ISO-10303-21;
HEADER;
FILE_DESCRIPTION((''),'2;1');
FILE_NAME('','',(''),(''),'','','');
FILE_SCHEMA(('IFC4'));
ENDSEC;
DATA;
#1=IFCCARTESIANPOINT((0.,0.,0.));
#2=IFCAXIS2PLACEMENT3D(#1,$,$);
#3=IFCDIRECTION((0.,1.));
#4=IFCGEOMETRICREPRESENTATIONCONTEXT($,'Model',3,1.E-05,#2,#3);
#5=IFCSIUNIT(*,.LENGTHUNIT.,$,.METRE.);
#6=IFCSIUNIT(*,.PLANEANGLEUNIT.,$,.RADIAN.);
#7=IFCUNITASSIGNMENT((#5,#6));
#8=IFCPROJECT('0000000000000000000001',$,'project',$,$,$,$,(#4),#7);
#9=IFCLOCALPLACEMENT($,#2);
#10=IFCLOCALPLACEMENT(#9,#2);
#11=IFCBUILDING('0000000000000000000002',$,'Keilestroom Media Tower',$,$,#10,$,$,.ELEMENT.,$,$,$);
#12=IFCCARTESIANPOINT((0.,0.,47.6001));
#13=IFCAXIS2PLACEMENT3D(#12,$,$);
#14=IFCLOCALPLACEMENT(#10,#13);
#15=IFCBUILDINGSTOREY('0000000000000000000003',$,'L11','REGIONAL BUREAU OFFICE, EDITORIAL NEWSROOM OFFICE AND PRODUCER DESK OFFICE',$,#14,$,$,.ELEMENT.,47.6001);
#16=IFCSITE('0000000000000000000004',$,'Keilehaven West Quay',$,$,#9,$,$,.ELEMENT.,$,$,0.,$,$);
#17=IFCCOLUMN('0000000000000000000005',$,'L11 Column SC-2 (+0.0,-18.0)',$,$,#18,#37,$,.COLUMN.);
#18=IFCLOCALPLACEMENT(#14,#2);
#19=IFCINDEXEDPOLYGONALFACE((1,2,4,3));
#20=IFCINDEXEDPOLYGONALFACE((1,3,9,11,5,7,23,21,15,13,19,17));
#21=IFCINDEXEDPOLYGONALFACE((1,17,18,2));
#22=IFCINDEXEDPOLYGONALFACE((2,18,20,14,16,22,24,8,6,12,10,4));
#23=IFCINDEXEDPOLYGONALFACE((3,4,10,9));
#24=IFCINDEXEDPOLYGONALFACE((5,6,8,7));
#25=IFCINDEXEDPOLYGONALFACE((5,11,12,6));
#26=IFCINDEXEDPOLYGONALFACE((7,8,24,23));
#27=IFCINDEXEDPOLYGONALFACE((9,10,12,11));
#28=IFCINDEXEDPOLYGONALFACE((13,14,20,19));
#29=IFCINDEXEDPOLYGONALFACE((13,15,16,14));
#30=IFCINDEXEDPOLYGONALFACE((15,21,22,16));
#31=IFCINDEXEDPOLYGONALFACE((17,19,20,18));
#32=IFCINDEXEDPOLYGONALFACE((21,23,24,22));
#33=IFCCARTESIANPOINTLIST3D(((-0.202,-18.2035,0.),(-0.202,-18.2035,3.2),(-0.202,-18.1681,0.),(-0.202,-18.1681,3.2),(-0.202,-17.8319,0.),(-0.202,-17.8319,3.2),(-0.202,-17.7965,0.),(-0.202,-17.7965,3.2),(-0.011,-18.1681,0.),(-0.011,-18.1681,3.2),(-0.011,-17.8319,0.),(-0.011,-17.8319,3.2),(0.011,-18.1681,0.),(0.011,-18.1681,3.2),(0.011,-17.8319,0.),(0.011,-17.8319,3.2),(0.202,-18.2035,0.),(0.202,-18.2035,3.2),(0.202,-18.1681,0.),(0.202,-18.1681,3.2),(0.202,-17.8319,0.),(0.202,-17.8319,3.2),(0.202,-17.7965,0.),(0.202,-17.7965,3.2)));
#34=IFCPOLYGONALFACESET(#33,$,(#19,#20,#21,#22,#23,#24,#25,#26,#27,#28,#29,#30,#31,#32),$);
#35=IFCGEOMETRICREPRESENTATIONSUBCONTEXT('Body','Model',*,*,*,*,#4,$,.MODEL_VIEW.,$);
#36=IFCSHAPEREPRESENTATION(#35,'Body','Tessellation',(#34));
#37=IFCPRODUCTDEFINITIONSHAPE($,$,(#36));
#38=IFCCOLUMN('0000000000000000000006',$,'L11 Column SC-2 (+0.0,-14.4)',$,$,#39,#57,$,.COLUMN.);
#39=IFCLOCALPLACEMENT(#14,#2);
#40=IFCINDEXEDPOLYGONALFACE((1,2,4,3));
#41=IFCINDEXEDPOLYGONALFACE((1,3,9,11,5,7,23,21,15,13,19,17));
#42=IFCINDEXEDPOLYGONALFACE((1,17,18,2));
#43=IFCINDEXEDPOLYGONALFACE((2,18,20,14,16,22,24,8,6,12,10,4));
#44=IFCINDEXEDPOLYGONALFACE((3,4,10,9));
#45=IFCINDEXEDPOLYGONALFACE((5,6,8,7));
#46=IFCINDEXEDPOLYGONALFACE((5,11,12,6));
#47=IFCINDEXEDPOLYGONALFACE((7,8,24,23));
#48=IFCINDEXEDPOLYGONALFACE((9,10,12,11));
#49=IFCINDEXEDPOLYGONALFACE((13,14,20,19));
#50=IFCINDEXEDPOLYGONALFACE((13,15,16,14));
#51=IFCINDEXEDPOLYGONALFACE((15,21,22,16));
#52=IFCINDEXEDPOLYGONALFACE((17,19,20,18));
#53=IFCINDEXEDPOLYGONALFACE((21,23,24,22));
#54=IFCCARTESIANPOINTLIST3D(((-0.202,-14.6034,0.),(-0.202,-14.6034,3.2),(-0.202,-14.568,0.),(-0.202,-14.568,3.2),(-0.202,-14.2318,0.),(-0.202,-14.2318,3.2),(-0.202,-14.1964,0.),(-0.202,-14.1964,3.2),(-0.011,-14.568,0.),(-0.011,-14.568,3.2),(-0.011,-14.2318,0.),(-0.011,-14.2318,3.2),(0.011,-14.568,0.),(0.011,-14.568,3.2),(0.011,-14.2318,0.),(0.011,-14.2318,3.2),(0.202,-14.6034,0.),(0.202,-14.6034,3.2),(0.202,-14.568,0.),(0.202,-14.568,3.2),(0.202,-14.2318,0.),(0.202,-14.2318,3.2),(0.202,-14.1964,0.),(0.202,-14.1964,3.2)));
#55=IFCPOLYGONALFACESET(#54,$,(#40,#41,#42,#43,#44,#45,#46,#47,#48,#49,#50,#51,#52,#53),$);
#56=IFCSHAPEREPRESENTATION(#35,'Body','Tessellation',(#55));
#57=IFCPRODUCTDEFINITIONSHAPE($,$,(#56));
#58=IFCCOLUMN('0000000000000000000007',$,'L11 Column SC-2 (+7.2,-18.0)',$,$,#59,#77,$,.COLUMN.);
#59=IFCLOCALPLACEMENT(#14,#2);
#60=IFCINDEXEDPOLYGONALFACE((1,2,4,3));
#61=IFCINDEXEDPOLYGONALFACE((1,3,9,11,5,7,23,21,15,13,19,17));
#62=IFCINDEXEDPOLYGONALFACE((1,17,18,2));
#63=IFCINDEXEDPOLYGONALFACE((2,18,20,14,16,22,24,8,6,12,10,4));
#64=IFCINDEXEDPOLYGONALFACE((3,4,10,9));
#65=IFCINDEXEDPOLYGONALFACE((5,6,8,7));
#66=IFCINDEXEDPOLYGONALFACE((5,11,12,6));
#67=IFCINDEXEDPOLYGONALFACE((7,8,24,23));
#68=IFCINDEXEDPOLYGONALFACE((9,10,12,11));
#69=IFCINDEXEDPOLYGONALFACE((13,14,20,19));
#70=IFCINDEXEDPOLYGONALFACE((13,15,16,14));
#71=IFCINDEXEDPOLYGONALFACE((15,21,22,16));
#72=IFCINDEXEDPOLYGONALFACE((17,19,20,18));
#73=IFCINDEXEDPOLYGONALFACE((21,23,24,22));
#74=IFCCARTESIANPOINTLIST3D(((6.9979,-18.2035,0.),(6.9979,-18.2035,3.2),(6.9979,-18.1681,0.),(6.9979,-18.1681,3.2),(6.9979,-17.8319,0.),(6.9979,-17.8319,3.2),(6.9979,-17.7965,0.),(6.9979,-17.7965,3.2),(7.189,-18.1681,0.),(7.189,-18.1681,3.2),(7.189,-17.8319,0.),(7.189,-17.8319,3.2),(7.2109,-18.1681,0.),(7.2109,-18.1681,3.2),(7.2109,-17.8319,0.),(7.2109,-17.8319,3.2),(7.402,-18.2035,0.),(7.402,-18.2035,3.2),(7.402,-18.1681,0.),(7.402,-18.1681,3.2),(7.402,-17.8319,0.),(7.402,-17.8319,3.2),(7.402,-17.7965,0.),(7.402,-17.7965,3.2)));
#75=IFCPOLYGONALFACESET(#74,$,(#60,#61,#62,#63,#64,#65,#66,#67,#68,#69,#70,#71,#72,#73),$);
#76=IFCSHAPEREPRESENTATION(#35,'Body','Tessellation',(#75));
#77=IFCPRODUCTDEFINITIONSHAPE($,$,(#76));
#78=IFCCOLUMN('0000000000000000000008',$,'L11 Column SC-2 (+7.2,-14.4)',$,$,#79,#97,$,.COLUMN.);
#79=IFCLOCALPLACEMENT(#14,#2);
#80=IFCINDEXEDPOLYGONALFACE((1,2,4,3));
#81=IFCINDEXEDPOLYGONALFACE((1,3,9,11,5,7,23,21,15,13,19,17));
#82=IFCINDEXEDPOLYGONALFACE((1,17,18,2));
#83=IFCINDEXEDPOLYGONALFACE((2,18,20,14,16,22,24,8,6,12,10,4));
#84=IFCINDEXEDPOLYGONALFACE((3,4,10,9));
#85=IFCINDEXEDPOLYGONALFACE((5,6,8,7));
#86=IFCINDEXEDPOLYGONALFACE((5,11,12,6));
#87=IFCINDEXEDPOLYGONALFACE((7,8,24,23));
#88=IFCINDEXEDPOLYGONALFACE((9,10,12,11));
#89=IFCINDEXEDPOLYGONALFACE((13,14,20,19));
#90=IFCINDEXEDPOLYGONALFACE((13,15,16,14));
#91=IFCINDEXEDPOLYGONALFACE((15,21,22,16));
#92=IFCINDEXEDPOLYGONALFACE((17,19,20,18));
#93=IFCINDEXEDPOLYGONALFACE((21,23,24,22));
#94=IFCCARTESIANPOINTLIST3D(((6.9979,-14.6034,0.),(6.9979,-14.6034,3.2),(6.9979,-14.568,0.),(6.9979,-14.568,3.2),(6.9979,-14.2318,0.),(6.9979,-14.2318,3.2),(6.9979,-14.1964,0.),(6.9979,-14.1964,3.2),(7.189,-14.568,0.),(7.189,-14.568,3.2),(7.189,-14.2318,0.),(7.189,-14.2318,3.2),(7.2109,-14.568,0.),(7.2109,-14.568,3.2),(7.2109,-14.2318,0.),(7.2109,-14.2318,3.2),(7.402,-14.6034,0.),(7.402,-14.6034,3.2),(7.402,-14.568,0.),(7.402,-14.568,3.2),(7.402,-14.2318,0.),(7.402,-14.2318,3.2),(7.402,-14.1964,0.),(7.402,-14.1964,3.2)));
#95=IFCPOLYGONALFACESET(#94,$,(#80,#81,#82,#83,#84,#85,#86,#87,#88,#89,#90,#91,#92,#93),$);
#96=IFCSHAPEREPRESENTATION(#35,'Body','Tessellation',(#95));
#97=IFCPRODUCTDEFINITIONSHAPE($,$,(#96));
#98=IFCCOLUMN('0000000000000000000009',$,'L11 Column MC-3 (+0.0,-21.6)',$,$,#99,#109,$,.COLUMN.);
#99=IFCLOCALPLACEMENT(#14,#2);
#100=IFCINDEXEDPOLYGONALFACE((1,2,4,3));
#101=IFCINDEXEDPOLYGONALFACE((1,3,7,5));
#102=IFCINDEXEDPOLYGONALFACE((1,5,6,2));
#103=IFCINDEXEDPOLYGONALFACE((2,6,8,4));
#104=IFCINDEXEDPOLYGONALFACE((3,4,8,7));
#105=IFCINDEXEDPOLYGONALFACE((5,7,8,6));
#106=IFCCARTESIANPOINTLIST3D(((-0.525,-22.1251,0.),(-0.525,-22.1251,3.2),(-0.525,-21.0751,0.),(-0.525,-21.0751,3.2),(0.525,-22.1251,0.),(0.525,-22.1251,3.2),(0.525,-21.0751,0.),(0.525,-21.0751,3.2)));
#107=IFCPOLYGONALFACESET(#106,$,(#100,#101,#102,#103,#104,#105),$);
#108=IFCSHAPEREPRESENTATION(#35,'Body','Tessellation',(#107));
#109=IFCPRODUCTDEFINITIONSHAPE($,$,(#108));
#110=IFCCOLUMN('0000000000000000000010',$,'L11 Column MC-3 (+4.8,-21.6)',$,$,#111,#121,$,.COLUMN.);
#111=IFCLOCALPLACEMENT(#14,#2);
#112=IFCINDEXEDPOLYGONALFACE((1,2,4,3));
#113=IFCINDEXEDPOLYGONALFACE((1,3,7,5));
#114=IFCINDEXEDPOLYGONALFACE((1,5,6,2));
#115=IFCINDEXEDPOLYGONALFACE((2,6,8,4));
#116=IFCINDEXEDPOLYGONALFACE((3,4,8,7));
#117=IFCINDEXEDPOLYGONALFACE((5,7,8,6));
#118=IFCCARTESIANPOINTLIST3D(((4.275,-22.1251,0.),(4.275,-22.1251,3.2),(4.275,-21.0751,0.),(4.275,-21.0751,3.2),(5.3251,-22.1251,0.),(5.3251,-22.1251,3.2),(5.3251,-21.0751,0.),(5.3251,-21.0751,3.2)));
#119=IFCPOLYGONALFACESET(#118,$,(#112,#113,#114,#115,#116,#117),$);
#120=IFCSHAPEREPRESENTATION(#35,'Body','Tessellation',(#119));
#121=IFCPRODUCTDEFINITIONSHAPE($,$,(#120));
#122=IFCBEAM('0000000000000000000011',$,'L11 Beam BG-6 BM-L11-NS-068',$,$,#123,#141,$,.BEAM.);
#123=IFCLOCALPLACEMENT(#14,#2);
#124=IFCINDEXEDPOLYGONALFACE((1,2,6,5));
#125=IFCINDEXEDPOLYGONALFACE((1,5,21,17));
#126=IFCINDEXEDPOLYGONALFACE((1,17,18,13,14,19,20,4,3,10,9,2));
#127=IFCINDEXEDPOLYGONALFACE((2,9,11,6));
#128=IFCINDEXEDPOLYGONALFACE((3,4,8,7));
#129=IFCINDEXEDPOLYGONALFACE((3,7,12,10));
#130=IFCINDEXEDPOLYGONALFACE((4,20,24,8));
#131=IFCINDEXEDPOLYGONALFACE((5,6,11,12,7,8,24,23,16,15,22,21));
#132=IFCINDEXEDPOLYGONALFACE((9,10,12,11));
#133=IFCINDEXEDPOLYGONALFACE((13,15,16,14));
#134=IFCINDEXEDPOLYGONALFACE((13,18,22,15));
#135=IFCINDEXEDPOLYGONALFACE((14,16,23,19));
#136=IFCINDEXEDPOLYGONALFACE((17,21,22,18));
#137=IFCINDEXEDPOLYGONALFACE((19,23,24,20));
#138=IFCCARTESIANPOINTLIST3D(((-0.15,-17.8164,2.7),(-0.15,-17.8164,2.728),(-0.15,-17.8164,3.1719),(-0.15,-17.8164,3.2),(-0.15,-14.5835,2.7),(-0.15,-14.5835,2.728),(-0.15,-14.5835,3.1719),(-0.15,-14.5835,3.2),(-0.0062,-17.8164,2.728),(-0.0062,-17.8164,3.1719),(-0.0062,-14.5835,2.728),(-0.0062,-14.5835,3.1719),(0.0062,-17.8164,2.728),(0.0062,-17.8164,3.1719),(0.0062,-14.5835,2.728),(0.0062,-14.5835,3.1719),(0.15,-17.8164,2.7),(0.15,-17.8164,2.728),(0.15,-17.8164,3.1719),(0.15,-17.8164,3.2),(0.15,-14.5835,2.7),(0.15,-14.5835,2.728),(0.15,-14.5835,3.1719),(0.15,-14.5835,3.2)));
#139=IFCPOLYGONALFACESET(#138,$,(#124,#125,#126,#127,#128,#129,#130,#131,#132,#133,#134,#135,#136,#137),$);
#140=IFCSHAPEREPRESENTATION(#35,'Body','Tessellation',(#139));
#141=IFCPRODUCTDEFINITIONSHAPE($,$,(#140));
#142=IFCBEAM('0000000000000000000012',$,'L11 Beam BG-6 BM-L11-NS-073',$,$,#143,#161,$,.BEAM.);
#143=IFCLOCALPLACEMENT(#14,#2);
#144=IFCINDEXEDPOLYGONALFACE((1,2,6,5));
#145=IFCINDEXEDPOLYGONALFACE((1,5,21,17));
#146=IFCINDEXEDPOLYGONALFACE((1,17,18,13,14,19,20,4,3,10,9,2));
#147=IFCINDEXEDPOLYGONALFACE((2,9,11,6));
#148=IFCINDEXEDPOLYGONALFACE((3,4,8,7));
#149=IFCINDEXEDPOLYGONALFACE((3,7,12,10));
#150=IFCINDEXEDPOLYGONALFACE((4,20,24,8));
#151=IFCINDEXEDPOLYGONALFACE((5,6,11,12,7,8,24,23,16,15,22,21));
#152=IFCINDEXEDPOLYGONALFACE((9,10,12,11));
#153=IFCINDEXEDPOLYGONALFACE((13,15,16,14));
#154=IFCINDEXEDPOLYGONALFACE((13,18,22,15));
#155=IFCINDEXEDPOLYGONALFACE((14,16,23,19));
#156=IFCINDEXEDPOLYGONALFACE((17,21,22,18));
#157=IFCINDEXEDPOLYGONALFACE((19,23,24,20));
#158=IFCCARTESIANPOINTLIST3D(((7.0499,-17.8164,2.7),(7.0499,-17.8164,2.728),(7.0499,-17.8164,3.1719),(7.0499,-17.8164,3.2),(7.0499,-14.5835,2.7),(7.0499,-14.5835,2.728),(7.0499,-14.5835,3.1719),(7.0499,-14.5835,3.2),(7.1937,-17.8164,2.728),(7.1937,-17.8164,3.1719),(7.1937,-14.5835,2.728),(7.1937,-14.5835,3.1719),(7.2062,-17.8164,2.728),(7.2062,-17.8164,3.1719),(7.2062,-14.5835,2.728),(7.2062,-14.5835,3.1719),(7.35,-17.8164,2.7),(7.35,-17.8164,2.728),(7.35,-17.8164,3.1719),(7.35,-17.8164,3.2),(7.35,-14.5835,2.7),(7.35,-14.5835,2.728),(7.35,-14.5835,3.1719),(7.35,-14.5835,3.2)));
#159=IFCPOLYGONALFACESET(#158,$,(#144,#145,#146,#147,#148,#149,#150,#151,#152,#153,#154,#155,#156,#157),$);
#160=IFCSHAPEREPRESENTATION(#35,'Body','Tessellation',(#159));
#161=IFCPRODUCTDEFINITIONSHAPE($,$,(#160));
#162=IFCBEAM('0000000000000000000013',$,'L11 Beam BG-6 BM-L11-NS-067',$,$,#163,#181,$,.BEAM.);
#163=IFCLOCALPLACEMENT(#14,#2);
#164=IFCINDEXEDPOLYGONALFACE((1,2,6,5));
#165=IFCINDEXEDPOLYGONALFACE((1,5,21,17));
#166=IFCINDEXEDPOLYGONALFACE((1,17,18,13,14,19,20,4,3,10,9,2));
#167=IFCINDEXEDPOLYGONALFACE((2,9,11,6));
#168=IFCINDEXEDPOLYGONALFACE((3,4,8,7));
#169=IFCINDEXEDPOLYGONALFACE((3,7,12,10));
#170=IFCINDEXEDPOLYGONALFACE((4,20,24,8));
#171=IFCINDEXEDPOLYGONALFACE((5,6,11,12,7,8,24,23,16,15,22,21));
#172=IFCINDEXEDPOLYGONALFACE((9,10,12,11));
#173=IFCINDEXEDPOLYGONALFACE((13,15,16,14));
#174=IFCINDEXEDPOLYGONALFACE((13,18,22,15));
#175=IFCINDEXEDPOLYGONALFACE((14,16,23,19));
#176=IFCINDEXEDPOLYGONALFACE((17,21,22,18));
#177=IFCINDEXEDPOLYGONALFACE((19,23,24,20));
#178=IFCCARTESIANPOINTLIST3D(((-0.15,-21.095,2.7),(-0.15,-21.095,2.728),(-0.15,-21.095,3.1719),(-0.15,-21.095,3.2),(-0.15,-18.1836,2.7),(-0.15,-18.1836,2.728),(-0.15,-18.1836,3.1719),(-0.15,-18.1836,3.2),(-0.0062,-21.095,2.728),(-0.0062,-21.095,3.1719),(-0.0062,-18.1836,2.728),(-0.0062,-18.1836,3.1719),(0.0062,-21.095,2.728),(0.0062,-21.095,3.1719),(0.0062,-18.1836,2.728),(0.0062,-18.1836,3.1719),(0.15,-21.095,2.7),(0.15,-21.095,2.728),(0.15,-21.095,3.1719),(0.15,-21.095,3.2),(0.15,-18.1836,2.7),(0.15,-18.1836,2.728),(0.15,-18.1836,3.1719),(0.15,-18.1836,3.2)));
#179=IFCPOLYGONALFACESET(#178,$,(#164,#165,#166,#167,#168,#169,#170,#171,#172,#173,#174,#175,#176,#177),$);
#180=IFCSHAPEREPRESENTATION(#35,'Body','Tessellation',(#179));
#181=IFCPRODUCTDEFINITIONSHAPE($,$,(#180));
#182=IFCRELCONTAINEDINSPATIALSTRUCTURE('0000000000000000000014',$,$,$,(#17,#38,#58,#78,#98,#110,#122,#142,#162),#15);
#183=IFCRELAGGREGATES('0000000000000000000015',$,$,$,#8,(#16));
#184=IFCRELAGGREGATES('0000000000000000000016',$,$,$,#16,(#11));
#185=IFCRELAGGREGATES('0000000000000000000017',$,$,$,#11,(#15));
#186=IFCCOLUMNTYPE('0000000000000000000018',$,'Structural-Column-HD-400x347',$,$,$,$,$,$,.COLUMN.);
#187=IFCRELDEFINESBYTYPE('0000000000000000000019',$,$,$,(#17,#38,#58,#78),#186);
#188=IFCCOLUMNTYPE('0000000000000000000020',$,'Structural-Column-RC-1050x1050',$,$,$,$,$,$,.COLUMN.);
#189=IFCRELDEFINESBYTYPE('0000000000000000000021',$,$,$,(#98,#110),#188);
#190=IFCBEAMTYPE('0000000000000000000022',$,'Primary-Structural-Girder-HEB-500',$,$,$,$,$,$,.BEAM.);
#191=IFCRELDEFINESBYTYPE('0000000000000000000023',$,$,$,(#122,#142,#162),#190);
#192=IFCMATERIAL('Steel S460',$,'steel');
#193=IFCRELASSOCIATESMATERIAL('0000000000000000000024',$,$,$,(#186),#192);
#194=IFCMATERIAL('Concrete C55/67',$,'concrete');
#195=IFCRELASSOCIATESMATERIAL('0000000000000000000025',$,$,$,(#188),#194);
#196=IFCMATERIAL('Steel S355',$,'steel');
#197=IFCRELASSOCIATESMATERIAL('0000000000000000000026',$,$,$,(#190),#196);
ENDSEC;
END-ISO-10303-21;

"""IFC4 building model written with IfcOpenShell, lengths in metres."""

from ifc_helpers import new_model, si_unit, direction, frame, origin, origin_2d, place, context, subcontext, project, spatial, rectangle, i_section, extrude, source, transform, mapped, material, material_profile, profile_set, type_object, element, save


model = new_model("IFC4")

# Units and contexts
model_context = context("Model", 3, precision=1e-05, world=origin(), true_north=direction((0.0, 1.0)))
body_context = subcontext(model_context, "Body", "Model", "MODEL_VIEW")
ifc_project = project(units=[si_unit("LENGTHUNIT", "METRE"), si_unit("PLANEANGLEUNIT", "RADIAN")], contexts=[model_context])

# Site, building, storey
site_placement = place(None, origin())
site = spatial("IfcSite", under=ifc_project, at=site_placement, Name="Keilehaven West Quay", CompositionType="ELEMENT", RefElevation=0.0)
building_placement = place(site_placement, origin())
building = spatial("IfcBuilding", under=site, at=building_placement, Name="Keilestroom Media Tower", CompositionType="ELEMENT")
storey_placement = place(building_placement, frame((0.0, 0.0, 47.6001)))
storey = spatial("IfcBuildingStorey", under=building, at=storey_placement, Name="L11", Description="REGIONAL BUREAU OFFICE, EDITORIAL NEWSROOM OFFICE AND PRODUCER DESK OFFICE", CompositionType="ELEMENT", Elevation=47.6001)

# Columns
ifc_material_1 = material(Name="Steel S460", Category="steel")
ifc_material_profile_1 = material_profile(ifc_material_1, i_section(OverallWidth=0.4041, OverallDepth=0.407, WebThickness=0.022, FlangeThickness=0.0354, at=origin_2d()), Name="HD 400x347")
ifc_profile_set_1 = profile_set([ifc_material_profile_1], Name="Steel S460")
column_type_1 = type_object("IfcColumnType", Name="Structural-Column-HD-400x347", PredefinedType="COLUMN", material=ifc_profile_set_1)
shared_shape_1 = source(origin(), body_context, "Body", "SweptSolid", [
    extrude(i_section(OverallWidth=0.4041, OverallDepth=0.407, WebThickness=0.022, FlangeThickness=0.0354, at=origin_2d()), origin(), (0.0, 0.0, 1.0), 3.2),
])
for number, where, z_axis, x_axis, name in (
    (1, (0.0, -18.0, 0.0), (0.0, 0.0, 1.0), (1.0, 0.0, 0.0), "L11 Column SC-2 (+0.0,-18.0)"),
    (2, (0.0, -14.3999, 0.0), (0.0, 0.0, 1.0), (1.0, 0.0, 0.0), "L11 Column SC-2 (+0.0,-14.4)"),
    (3, (7.2, -18.0, 0.0), (0.0, 0.0, 1.0), (1.0, 0.0, 0.0), "L11 Column SC-2 (+7.2,-18.0)"),
    (4, (7.2, -14.3999, 0.0), (0.0, 0.0, 1.0), (1.0, 0.0, 0.0), "L11 Column SC-2 (+7.2,-14.4)"),
):
    element("IfcColumn", number, at=place(storey_placement, frame(where, z_axis=z_axis, x_axis=x_axis)), inside=storey, type_object=column_type_1, Name=name, PredefinedType="COLUMN", context=body_context, shape_type="MappedRepresentation", body=[
        mapped(shared_shape_1, transform((0.0, 0.0, 0.0), x_axis=(1.0, 0.0, 0.0), y_axis=(0.0, 1.0, 0.0), z_axis=(0.0, 0.0, 1.0), scale=1.0)),
    ])
ifc_material_2 = material(Name="Concrete C55/67", Category="concrete")
ifc_material_profile_2 = material_profile(ifc_material_2, rectangle(XDim=1.05, YDim=1.05, at=origin_2d()), Name="RC 1050x1050")
ifc_profile_set_2 = profile_set([ifc_material_profile_2], Name="Concrete C55/67")
column_type_2 = type_object("IfcColumnType", Name="Structural-Column-RC-1050x1050", PredefinedType="COLUMN", material=ifc_profile_set_2)
shared_shape_2 = source(origin(), body_context, "Body", "SweptSolid", [
    extrude(rectangle(XDim=1.05, YDim=1.05, at=origin_2d()), origin(), (0.0, 0.0, 1.0), 3.2),
])
for number, where, z_axis, x_axis, name in (
    (5, (0.0, -21.6001, 0.0), (0.0, 0.0, 1.0), (1.0, 0.0, 0.0), "L11 Column MC-3 (+0.0,-21.6)"),
    (6, (4.8, -21.6001, 0.0), (0.0, 0.0, 1.0), (1.0, 0.0, 0.0), "L11 Column MC-3 (+4.8,-21.6)"),
):
    element("IfcColumn", number, at=place(storey_placement, frame(where, z_axis=z_axis, x_axis=x_axis)), inside=storey, type_object=column_type_2, Name=name, PredefinedType="COLUMN", context=body_context, shape_type="MappedRepresentation", body=[
        mapped(shared_shape_2, transform((0.0, 0.0, 0.0), x_axis=(1.0, 0.0, 0.0), y_axis=(0.0, 1.0, 0.0), z_axis=(0.0, 0.0, 1.0), scale=1.0)),
    ])

# Beams
ifc_material_3 = material(Name="Steel S355", Category="steel")
ifc_material_profile_3 = material_profile(ifc_material_3, i_section(OverallWidth=0.3, OverallDepth=0.5, WebThickness=0.0125, FlangeThickness=0.0281, at=origin_2d()), Name="HEB 500")
ifc_profile_set_3 = profile_set([ifc_material_profile_3], Name="Steel S355")
beam_type_1 = type_object("IfcBeamType", Name="Primary-Structural-Girder-HEB-500", PredefinedType="BEAM", material=ifc_profile_set_3)
shared_shape_3 = source(origin(), body_context, "Body", "SweptSolid", [
    extrude(i_section(OverallWidth=0.3, OverallDepth=0.5, WebThickness=0.0125, FlangeThickness=0.0281, at=origin_2d()), origin(), (0.0, 0.0, 1.0), 3.2329),
])
for number, where, z_axis, x_axis, name in (
    (7, (0.0, -17.8164, 2.95), (0.0, 1.0, 0.0), (-1.0, 0.0, 0.0), "L11 Beam BG-6 BM-L11-NS-068"),
    (8, (7.2, -17.8164, 2.95), (0.0, 1.0, 0.0), (-1.0, 0.0, 0.0), "L11 Beam BG-6 BM-L11-NS-073"),
):
    element("IfcBeam", number, at=place(storey_placement, frame(where, z_axis=z_axis, x_axis=x_axis)), inside=storey, type_object=beam_type_1, Name=name, PredefinedType="BEAM", context=body_context, shape_type="MappedRepresentation", body=[
        mapped(shared_shape_3, transform((0.0, 0.0, 0.0), x_axis=(1.0, 0.0, 0.0), y_axis=(0.0, 1.0, 0.0), z_axis=(0.0, 0.0, 1.0), scale=1.0)),
    ])
shared_shape_4 = source(origin(), body_context, "Body", "SweptSolid", [
    extrude(i_section(OverallWidth=0.3, OverallDepth=0.5, WebThickness=0.0125, FlangeThickness=0.0281, at=origin_2d()), origin(), (0.0, 0.0, 1.0), 2.9114),
])
beam_1_placement = place(storey_placement, frame((0.0, -21.095, 2.95), z_axis=(0.0, 1.0, 0.0), x_axis=(-1.0, 0.0, 0.0)))
element("IfcBeam", 9, at=beam_1_placement, inside=storey, type_object=beam_type_1, Name="L11 Beam BG-6 BM-L11-NS-067", PredefinedType="BEAM", context=body_context, shape_type="MappedRepresentation", body=[
    mapped(shared_shape_4, transform((0.0, 0.0, 0.0), x_axis=(1.0, 0.0, 0.0), y_axis=(0.0, 1.0, 0.0), z_axis=(0.0, 0.0, 1.0), scale=1.0)),
])

save(model, "model.ifc")
